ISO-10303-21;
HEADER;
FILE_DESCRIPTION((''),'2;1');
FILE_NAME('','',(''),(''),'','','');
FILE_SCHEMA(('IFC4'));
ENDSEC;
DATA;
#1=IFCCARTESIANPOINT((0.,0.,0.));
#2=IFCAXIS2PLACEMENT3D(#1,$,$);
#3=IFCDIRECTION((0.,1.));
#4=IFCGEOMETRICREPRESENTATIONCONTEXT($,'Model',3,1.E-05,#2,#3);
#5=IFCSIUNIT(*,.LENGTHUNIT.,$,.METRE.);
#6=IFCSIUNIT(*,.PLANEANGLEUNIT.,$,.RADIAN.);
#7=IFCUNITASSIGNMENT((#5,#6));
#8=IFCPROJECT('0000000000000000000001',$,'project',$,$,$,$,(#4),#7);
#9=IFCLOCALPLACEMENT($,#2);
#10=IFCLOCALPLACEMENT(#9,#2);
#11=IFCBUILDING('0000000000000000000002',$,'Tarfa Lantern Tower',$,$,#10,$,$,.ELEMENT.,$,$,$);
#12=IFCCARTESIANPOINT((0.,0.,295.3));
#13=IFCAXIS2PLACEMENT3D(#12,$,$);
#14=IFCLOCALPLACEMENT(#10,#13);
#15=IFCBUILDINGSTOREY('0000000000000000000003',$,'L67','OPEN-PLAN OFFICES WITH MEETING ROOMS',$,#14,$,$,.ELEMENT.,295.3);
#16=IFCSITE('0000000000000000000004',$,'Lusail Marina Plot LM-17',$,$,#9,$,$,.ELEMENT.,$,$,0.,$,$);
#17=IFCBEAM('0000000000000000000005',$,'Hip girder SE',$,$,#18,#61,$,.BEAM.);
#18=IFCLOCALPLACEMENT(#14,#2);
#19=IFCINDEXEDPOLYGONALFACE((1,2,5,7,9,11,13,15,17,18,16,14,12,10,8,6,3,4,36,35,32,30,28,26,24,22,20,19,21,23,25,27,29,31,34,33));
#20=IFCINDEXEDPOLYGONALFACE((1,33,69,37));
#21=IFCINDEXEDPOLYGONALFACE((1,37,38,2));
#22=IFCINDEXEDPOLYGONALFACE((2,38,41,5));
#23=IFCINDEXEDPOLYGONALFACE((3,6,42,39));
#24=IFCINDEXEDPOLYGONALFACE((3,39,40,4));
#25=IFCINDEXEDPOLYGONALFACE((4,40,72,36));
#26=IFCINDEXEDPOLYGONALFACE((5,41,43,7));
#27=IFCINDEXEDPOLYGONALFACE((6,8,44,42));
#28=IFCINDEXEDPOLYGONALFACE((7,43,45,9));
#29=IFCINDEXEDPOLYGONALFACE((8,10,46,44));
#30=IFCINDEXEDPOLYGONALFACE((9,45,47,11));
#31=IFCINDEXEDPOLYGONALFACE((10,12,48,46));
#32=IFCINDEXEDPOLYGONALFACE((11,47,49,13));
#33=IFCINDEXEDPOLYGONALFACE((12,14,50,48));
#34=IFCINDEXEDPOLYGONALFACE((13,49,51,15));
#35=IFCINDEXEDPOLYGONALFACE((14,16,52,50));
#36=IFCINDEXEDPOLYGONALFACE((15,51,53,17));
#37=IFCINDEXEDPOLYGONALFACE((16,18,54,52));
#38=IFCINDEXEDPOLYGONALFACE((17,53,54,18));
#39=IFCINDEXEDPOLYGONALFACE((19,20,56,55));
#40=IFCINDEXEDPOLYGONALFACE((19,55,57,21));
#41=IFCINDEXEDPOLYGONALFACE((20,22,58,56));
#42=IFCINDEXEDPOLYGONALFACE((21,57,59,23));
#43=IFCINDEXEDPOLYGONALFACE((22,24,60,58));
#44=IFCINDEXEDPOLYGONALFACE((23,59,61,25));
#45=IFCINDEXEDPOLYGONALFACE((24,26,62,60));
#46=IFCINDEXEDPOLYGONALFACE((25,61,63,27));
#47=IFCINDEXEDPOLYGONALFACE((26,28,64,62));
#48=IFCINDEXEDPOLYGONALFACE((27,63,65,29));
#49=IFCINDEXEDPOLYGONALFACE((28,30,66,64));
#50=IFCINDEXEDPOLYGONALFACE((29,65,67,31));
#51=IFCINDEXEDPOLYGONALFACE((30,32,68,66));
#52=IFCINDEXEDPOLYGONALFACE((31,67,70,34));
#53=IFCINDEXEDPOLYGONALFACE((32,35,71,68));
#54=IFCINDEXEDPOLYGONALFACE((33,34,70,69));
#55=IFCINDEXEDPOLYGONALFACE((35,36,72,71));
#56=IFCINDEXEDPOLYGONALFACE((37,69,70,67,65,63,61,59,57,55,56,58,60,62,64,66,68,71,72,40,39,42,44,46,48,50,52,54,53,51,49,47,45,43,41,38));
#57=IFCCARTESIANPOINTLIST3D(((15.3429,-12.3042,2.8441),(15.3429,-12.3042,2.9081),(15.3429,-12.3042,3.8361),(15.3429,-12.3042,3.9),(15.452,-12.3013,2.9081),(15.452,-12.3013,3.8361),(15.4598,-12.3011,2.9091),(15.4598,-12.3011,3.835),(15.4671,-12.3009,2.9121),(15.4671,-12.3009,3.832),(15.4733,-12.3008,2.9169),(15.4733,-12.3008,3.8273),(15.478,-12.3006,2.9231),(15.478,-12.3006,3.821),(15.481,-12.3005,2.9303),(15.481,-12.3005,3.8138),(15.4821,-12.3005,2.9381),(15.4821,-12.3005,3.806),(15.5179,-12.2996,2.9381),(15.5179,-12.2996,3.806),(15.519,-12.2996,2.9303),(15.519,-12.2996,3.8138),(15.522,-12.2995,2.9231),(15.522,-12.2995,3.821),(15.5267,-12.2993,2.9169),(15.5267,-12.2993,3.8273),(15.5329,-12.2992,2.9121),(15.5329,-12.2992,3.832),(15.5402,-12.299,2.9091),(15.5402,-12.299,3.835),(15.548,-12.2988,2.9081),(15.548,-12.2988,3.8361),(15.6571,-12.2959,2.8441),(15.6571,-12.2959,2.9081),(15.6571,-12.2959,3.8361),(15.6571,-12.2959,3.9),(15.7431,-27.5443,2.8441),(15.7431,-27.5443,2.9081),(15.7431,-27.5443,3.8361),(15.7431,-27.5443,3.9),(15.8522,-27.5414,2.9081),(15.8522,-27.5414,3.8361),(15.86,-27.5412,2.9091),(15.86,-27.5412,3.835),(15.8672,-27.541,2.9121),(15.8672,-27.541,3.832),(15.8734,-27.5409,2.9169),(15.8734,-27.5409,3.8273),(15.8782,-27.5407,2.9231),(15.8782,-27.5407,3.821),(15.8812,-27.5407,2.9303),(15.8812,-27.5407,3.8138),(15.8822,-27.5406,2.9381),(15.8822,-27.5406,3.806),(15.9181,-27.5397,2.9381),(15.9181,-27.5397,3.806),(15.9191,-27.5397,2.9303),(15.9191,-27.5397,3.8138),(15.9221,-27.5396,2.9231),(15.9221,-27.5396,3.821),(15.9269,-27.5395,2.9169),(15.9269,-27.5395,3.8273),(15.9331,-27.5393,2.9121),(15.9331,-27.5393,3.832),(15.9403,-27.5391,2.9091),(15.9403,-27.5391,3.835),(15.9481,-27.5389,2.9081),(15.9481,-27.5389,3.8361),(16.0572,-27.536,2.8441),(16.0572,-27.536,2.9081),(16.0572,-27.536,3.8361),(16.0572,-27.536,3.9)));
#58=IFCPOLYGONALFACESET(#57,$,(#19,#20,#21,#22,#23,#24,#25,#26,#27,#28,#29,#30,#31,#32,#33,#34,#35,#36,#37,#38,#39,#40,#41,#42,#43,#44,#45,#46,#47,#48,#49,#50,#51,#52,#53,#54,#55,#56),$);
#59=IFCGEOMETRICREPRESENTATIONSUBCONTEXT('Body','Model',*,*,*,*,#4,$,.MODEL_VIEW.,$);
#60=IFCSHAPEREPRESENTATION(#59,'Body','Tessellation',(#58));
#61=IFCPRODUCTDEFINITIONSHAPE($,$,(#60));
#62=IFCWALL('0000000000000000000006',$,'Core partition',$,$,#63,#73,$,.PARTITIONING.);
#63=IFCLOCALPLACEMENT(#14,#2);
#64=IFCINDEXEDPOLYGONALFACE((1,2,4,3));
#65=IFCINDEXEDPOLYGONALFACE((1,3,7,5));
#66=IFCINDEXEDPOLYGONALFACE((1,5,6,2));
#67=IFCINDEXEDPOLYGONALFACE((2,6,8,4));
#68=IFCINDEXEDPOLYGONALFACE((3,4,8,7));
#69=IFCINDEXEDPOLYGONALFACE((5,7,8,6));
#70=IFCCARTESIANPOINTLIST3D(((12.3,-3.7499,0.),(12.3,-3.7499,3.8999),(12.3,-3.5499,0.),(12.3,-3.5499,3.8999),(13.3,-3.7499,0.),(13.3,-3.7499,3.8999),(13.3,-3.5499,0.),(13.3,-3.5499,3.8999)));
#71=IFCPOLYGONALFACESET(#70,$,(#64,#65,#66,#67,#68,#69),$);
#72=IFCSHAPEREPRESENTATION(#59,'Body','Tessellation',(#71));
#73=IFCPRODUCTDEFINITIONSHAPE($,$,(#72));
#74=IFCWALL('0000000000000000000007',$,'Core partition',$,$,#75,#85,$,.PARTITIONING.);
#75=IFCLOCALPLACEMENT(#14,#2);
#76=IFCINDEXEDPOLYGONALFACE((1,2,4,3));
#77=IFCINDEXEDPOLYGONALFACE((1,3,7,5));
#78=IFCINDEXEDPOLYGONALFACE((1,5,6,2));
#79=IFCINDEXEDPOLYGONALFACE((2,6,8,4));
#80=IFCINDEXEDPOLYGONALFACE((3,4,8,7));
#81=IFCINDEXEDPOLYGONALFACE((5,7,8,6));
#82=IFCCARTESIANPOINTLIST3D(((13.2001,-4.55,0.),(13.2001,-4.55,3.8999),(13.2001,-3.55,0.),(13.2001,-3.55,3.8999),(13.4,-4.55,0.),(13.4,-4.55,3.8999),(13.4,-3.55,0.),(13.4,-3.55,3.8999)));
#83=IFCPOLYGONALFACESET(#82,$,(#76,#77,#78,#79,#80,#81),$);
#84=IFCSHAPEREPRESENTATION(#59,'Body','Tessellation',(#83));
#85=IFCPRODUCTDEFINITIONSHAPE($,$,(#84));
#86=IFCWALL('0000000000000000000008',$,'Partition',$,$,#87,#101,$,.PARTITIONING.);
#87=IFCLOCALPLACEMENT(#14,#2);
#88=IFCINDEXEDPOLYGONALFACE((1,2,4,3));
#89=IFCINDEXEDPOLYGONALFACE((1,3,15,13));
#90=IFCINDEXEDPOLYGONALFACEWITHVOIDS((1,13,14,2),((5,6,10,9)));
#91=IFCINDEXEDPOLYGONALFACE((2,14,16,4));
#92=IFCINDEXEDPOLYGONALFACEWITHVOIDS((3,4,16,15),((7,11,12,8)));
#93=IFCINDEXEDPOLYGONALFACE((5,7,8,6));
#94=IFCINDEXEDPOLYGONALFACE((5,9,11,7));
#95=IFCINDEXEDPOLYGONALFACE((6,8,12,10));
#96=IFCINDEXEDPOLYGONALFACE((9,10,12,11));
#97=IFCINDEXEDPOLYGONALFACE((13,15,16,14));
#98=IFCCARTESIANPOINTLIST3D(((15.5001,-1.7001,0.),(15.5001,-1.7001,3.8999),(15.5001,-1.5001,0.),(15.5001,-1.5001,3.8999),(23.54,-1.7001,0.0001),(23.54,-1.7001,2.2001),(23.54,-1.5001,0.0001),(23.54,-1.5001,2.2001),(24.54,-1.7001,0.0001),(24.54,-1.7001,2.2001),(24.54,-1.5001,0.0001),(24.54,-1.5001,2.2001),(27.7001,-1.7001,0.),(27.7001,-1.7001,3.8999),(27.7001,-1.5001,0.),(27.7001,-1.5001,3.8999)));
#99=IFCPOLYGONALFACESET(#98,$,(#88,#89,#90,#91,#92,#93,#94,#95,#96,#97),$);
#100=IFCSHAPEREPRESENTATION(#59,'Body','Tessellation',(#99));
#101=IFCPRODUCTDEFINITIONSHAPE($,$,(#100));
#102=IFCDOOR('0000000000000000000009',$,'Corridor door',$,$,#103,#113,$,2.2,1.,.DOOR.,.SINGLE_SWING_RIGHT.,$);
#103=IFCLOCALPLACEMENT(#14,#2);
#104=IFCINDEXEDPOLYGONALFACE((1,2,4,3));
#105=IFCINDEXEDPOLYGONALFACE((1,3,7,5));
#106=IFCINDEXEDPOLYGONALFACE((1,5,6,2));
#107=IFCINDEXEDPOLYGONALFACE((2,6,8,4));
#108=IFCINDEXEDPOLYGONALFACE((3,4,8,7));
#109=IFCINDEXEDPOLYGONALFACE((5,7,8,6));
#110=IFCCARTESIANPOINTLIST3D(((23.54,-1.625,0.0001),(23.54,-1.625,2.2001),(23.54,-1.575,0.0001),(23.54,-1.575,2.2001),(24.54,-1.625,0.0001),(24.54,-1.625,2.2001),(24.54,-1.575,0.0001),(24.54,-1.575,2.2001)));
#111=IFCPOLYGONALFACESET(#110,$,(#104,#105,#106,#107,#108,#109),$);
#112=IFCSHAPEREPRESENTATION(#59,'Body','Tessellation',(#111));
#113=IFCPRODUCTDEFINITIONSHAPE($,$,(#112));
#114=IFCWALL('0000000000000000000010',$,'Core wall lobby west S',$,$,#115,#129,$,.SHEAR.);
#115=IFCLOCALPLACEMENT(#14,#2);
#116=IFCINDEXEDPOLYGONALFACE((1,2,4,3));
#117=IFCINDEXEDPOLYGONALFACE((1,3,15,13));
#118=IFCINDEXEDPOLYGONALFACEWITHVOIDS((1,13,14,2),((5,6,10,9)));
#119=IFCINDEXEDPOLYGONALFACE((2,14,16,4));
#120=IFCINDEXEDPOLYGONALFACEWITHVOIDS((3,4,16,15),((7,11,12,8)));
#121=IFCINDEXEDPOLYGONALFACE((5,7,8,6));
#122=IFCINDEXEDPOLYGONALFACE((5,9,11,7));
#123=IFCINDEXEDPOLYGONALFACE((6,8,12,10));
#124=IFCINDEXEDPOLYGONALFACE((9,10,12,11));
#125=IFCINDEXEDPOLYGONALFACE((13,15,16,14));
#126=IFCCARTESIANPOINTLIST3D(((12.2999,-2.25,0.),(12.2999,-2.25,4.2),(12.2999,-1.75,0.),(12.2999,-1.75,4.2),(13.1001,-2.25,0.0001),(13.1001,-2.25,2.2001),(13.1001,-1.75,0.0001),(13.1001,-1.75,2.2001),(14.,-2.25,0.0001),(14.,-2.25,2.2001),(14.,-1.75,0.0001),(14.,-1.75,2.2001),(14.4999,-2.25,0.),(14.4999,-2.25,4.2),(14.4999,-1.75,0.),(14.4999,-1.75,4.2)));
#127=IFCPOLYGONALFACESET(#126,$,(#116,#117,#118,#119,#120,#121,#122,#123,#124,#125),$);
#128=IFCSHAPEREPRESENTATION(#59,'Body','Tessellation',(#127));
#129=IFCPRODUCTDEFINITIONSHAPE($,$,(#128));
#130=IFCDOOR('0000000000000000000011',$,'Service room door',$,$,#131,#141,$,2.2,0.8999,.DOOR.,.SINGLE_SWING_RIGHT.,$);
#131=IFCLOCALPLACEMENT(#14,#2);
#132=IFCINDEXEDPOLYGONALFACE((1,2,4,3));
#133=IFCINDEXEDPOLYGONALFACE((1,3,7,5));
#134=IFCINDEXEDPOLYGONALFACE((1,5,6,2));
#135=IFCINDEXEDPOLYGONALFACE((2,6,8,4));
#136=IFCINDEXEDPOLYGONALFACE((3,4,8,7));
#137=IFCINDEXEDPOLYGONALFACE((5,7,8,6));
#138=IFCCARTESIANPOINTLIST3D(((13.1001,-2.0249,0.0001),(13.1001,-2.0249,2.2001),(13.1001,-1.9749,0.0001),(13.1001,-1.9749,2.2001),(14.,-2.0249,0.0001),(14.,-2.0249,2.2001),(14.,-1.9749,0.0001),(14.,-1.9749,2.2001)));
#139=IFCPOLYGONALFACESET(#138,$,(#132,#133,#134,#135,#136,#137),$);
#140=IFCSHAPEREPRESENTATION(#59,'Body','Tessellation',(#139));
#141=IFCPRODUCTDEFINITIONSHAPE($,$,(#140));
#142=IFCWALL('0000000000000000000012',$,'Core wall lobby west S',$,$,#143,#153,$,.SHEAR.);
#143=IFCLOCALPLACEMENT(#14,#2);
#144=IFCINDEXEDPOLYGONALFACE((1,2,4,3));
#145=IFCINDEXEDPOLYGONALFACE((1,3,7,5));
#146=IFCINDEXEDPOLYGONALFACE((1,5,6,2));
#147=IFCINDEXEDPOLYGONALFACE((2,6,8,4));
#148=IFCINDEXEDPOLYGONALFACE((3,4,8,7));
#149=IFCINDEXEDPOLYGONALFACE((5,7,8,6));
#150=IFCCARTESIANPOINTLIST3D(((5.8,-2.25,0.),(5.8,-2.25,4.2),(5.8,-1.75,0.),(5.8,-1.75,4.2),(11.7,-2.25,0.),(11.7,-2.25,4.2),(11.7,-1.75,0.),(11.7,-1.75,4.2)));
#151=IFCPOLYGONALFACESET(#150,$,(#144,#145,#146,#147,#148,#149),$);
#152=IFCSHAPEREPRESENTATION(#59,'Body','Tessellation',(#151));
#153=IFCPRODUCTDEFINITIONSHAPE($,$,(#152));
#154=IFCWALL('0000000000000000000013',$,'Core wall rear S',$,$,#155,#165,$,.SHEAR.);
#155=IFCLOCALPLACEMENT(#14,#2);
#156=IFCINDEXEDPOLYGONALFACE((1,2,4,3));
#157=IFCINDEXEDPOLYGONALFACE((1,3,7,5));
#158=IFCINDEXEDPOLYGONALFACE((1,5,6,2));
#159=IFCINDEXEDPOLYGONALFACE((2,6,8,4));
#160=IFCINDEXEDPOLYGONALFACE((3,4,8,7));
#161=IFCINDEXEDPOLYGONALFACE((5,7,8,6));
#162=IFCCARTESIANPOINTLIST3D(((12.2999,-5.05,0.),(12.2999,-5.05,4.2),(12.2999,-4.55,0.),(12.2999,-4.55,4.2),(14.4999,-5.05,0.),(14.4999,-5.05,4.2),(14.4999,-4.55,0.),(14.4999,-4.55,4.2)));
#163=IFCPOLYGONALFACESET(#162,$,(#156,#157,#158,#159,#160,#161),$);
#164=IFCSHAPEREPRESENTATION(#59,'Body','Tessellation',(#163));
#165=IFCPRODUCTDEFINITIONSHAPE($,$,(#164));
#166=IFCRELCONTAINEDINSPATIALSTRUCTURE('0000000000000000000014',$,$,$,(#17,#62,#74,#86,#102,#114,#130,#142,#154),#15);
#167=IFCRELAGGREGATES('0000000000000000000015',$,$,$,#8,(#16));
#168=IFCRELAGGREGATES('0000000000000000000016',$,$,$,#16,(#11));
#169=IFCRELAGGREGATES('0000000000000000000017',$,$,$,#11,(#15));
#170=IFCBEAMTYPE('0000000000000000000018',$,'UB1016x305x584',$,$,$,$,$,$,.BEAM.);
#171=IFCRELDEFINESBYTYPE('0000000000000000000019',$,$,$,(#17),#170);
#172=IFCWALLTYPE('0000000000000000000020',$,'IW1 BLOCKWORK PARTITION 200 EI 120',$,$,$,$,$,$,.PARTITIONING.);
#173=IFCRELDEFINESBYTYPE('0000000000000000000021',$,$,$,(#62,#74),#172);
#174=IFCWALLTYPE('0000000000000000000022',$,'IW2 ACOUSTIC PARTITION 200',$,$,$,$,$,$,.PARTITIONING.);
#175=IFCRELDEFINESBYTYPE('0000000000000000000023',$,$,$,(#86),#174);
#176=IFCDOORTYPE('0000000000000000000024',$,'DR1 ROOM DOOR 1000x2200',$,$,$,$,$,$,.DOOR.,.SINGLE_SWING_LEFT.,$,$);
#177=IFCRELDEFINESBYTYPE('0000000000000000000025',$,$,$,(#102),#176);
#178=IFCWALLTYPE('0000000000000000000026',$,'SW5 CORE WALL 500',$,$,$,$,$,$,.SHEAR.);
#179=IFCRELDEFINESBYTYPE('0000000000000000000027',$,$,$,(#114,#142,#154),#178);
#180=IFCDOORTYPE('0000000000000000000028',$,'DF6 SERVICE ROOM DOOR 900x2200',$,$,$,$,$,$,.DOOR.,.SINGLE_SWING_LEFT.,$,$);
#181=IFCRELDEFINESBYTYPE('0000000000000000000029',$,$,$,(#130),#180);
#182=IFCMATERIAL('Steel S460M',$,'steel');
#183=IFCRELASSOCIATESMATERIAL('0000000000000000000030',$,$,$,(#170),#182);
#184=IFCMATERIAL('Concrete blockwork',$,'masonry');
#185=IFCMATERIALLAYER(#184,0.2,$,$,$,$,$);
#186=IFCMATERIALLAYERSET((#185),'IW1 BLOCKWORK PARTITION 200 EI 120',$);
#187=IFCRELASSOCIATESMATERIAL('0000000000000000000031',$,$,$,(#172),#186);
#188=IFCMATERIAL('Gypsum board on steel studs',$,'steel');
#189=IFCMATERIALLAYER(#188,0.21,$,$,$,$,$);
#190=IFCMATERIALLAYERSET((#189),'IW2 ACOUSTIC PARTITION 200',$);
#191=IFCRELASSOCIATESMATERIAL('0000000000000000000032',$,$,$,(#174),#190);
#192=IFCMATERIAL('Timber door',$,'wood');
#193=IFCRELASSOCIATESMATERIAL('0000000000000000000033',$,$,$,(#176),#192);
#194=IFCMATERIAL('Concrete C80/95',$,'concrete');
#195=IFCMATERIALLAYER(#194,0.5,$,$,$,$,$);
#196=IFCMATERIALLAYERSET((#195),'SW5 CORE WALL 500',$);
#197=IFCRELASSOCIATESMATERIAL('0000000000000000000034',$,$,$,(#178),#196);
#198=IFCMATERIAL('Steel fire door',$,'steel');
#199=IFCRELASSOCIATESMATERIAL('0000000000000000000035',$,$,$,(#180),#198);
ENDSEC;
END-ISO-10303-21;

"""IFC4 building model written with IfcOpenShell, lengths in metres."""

from ifc_helpers import new_model, si_unit, direction, frame, frame_2d, origin, origin_2d, place, context, subcontext, project, spatial, rectangle, i_section, extrude, material, layer, layer_set, material_profile, profile_set, type_object, element, fill, save


model = new_model("IFC4")

# Units and contexts
model_context = context("Model", 3, precision=1e-05, world=origin(), true_north=direction((0.0, 1.0)))
body_context = subcontext(model_context, "Body", "Model", "MODEL_VIEW")
ifc_project = project(units=[si_unit("LENGTHUNIT", "METRE"), si_unit("PLANEANGLEUNIT", "RADIAN")], contexts=[model_context])

# Site, building, storey
site_placement = place(None, origin())
site = spatial("IfcSite", under=ifc_project, at=site_placement, Name="Lusail Marina Plot LM-17", CompositionType="ELEMENT", RefElevation=0.0)
building_placement = place(site_placement, origin())
building = spatial("IfcBuilding", under=site, at=building_placement, Name="Tarfa Lantern Tower", CompositionType="ELEMENT")
storey_placement = place(building_placement, frame((0.0, 0.0, 295.3)))
storey = spatial("IfcBuildingStorey", under=building, at=storey_placement, Name="L67", Description="OPEN-PLAN OFFICES WITH MEETING ROOMS", CompositionType="ELEMENT", Elevation=295.3)

# Beam
ifc_material_1 = material(Name="Steel S460M", Category="steel")
ifc_material_profile = material_profile(ifc_material_1, i_section(OverallWidth=0.3142, OverallDepth=1.0559, WebThickness=0.0359, FlangeThickness=0.064, FilletRadius=0.03, at=origin_2d()), Name="UB1016x305x584")
ifc_profile_set = profile_set([ifc_material_profile], Name="Steel S460M")
beam_type = type_object("IfcBeamType", Name="UB1016x305x584", PredefinedType="BEAM", material=ifc_profile_set)
beam_placement = place(storey_placement, frame((15.5, -12.3, 3.3721), z_axis=(0.026247, -0.999655, 0.0), x_axis=(0.999655, 0.026247, 0.0)))
element("IfcBeam", 1, at=beam_placement, inside=storey, type_object=beam_type, Name="Hip girder SE", PredefinedType="BEAM", context=body_context, shape_type="SweptSolid", body=[
    extrude(i_section(OverallWidth=0.3142, OverallDepth=1.0559, WebThickness=0.0359, FlangeThickness=0.064, FilletRadius=0.03, at=origin_2d()), origin(), (0.0, 0.0, 1.0), 15.2454),
])

# Walls
ifc_material_2 = material(Name="Concrete blockwork", Category="masonry")
ifc_layer_1 = layer(ifc_material_2, 0.2)
ifc_layer_set_1 = layer_set([ifc_layer_1], Name="IW1 BLOCKWORK PARTITION 200 EI 120")
wall_type_1 = type_object("IfcWallType", Name="IW1 BLOCKWORK PARTITION 200 EI 120", PredefinedType="PARTITIONING", material=ifc_layer_set_1)
for number, where, z_axis, x_axis, name in (
    (2, (13.3, -3.6499, 0.0), (0.0, 0.0, 1.0), (-1.0, 0.0, 0.0), "Core partition"),
    (3, (13.3, -3.55, 0.0), (0.0, 0.0, 1.0), (0.0, -1.0, 0.0), "Core partition"),
):
    element("IfcWall", number, at=place(storey_placement, frame(where, z_axis=z_axis, x_axis=x_axis)), inside=storey, type_object=wall_type_1, Name=name, PredefinedType="PARTITIONING", context=body_context, shape_type="SweptSolid", body=[
        extrude(rectangle(XDim=1.0, YDim=0.2, at=frame_2d((0.5, 0.0))), origin(), (0.0, 0.0, 1.0), 3.8999),
    ])

# Walls, openings, doors
ifc_material_3 = material(Name="Gypsum board on steel studs", Category="steel")
ifc_layer_2 = layer(ifc_material_3, 0.21)
ifc_layer_set_2 = layer_set([ifc_layer_2], Name="IW2 ACOUSTIC PARTITION 200")
wall_type_2 = type_object("IfcWallType", Name="IW2 ACOUSTIC PARTITION 200", PredefinedType="PARTITIONING", material=ifc_layer_set_2)
wall_1_placement = place(storey_placement, frame((15.5, -1.6001, 0.0), z_axis=(0.0, 0.0, 1.0), x_axis=(1.0, 0.0, 0.0)))
wall_1 = element("IfcWall", 4, at=wall_1_placement, inside=storey, type_object=wall_type_2, Name="Partition", PredefinedType="PARTITIONING", context=body_context, shape_type="SweptSolid", body=[
    extrude(rectangle(XDim=12.2, YDim=0.2, at=frame_2d((6.1001, 0.0))), origin(), (0.0, 0.0, 1.0), 3.8999),
])
opening_1_placement = place(wall_1_placement, frame((8.04, 0.0, 0.0)))
opening_1 = element("IfcOpeningElement", 5, at=opening_1_placement, cuts=wall_1, PredefinedType="OPENING", context=body_context, shape_type="SweptSolid", body=[
    extrude(rectangle(XDim=1.0, YDim=2.2, at=frame_2d((0.5, 1.1001))), frame((0.0, 0.1099, 0.0), z_axis=(0.0, -1.0, 0.0), x_axis=(1.0, 0.0, 0.0)), (0.0, 0.0, 1.0), 0.22),
])
ifc_material_4 = material(Name="Timber door", Category="wood")
door_type_1 = type_object("IfcDoorType", Name="DR1 ROOM DOOR 1000x2200", OperationType="SINGLE_SWING_LEFT", PredefinedType="DOOR", material=ifc_material_4)
door_1_placement = place(opening_1_placement, frame((1.0, 0.0, 0.0), z_axis=(0.0, 0.0, 1.0), x_axis=(-1.0, 0.0, 0.0)))
door_1 = element("IfcDoor", 6, at=door_1_placement, inside=storey, type_object=door_type_1, Name="Corridor door", OperationType="SINGLE_SWING_RIGHT", OverallHeight=2.2, OverallWidth=1.0, PredefinedType="DOOR", context=body_context, shape_type="SweptSolid", body=[
    extrude(rectangle(XDim=1.0, YDim=2.2, at=frame_2d((0.5, 1.1001))), frame((0.0, 0.0249, 0.0), z_axis=(0.0, -1.0, 0.0), x_axis=(1.0, 0.0, 0.0)), (0.0, 0.0, 1.0), 0.05),
])
fill(opening_1, door_1)
ifc_material_5 = material(Name="Concrete C80/95", Category="concrete")
ifc_material_6 = material(Name="Steel fire door", Category="steel")
ifc_layer_3 = layer(ifc_material_5, 0.5)
ifc_layer_set_3 = layer_set([ifc_layer_3], Name="SW5 CORE WALL 500")
wall_type_3 = type_object("IfcWallType", Name="SW5 CORE WALL 500", PredefinedType="SHEAR", material=ifc_layer_set_3)
wall_2_placement = place(storey_placement, frame((14.5, -2.0, 0.0), z_axis=(0.0, 0.0, 1.0), x_axis=(-1.0, 0.0, 0.0)))
wall_2 = element("IfcWall", 7, at=wall_2_placement, inside=storey, type_object=wall_type_3, Name="Core wall lobby west S", PredefinedType="SHEAR", context=body_context, shape_type="SweptSolid", body=[
    extrude(rectangle(XDim=2.2, YDim=0.5, at=frame_2d((1.1001, 0.0))), origin(), (0.0, 0.0, 1.0), 4.2),
])
opening_2_placement = place(wall_2_placement, frame((0.5, 0.0, 0.0)))
opening_2 = element("IfcOpeningElement", 8, at=opening_2_placement, cuts=wall_2, PredefinedType="OPENING", context=body_context, shape_type="SweptSolid", body=[
    extrude(rectangle(XDim=0.8999, YDim=2.2, at=frame_2d((0.45, 1.1001))), frame((0.0, 0.26, 0.0), z_axis=(0.0, -1.0, 0.0), x_axis=(1.0, 0.0, 0.0)), (0.0, 0.0, 1.0), 0.52),
])
door_type_2 = type_object("IfcDoorType", Name="DF6 SERVICE ROOM DOOR 900x2200", OperationType="SINGLE_SWING_LEFT", PredefinedType="DOOR", material=ifc_material_6)
door_2_placement = place(opening_2_placement, origin())
door_2 = element("IfcDoor", 9, at=door_2_placement, inside=storey, type_object=door_type_2, Name="Service room door", OperationType="SINGLE_SWING_RIGHT", OverallHeight=2.2, OverallWidth=0.8999, PredefinedType="DOOR", context=body_context, shape_type="SweptSolid", body=[
    extrude(rectangle(XDim=0.8999, YDim=2.2, at=frame_2d((0.45, 1.1001))), frame((0.0, 0.0249, 0.0), z_axis=(0.0, -1.0, 0.0), x_axis=(1.0, 0.0, 0.0)), (0.0, 0.0, 1.0), 0.05),
])
fill(opening_2, door_2)

# Walls
wall_3_placement = place(storey_placement, frame((11.7, -2.0, 0.0), z_axis=(0.0, 0.0, 1.0), x_axis=(-1.0, 0.0, 0.0)))
element("IfcWall", 10, at=wall_3_placement, inside=storey, type_object=wall_type_3, Name="Core wall lobby west S", PredefinedType="SHEAR", context=body_context, shape_type="SweptSolid", body=[
    extrude(rectangle(XDim=5.8999, YDim=0.5, at=frame_2d((2.95, 0.0))), origin(), (0.0, 0.0, 1.0), 4.2),
])
wall_4_placement = place(storey_placement, frame((14.5, -4.8, 0.0), z_axis=(0.0, 0.0, 1.0), x_axis=(-1.0, 0.0, 0.0)))
element("IfcWall", 11, at=wall_4_placement, inside=storey, type_object=wall_type_3, Name="Core wall rear S", PredefinedType="SHEAR", context=body_context, shape_type="SweptSolid", body=[
    extrude(rectangle(XDim=2.2, YDim=0.5, at=frame_2d((1.1001, 0.0))), origin(), (0.0, 0.0, 1.0), 4.2),
])

save(model, "model.ifc")
